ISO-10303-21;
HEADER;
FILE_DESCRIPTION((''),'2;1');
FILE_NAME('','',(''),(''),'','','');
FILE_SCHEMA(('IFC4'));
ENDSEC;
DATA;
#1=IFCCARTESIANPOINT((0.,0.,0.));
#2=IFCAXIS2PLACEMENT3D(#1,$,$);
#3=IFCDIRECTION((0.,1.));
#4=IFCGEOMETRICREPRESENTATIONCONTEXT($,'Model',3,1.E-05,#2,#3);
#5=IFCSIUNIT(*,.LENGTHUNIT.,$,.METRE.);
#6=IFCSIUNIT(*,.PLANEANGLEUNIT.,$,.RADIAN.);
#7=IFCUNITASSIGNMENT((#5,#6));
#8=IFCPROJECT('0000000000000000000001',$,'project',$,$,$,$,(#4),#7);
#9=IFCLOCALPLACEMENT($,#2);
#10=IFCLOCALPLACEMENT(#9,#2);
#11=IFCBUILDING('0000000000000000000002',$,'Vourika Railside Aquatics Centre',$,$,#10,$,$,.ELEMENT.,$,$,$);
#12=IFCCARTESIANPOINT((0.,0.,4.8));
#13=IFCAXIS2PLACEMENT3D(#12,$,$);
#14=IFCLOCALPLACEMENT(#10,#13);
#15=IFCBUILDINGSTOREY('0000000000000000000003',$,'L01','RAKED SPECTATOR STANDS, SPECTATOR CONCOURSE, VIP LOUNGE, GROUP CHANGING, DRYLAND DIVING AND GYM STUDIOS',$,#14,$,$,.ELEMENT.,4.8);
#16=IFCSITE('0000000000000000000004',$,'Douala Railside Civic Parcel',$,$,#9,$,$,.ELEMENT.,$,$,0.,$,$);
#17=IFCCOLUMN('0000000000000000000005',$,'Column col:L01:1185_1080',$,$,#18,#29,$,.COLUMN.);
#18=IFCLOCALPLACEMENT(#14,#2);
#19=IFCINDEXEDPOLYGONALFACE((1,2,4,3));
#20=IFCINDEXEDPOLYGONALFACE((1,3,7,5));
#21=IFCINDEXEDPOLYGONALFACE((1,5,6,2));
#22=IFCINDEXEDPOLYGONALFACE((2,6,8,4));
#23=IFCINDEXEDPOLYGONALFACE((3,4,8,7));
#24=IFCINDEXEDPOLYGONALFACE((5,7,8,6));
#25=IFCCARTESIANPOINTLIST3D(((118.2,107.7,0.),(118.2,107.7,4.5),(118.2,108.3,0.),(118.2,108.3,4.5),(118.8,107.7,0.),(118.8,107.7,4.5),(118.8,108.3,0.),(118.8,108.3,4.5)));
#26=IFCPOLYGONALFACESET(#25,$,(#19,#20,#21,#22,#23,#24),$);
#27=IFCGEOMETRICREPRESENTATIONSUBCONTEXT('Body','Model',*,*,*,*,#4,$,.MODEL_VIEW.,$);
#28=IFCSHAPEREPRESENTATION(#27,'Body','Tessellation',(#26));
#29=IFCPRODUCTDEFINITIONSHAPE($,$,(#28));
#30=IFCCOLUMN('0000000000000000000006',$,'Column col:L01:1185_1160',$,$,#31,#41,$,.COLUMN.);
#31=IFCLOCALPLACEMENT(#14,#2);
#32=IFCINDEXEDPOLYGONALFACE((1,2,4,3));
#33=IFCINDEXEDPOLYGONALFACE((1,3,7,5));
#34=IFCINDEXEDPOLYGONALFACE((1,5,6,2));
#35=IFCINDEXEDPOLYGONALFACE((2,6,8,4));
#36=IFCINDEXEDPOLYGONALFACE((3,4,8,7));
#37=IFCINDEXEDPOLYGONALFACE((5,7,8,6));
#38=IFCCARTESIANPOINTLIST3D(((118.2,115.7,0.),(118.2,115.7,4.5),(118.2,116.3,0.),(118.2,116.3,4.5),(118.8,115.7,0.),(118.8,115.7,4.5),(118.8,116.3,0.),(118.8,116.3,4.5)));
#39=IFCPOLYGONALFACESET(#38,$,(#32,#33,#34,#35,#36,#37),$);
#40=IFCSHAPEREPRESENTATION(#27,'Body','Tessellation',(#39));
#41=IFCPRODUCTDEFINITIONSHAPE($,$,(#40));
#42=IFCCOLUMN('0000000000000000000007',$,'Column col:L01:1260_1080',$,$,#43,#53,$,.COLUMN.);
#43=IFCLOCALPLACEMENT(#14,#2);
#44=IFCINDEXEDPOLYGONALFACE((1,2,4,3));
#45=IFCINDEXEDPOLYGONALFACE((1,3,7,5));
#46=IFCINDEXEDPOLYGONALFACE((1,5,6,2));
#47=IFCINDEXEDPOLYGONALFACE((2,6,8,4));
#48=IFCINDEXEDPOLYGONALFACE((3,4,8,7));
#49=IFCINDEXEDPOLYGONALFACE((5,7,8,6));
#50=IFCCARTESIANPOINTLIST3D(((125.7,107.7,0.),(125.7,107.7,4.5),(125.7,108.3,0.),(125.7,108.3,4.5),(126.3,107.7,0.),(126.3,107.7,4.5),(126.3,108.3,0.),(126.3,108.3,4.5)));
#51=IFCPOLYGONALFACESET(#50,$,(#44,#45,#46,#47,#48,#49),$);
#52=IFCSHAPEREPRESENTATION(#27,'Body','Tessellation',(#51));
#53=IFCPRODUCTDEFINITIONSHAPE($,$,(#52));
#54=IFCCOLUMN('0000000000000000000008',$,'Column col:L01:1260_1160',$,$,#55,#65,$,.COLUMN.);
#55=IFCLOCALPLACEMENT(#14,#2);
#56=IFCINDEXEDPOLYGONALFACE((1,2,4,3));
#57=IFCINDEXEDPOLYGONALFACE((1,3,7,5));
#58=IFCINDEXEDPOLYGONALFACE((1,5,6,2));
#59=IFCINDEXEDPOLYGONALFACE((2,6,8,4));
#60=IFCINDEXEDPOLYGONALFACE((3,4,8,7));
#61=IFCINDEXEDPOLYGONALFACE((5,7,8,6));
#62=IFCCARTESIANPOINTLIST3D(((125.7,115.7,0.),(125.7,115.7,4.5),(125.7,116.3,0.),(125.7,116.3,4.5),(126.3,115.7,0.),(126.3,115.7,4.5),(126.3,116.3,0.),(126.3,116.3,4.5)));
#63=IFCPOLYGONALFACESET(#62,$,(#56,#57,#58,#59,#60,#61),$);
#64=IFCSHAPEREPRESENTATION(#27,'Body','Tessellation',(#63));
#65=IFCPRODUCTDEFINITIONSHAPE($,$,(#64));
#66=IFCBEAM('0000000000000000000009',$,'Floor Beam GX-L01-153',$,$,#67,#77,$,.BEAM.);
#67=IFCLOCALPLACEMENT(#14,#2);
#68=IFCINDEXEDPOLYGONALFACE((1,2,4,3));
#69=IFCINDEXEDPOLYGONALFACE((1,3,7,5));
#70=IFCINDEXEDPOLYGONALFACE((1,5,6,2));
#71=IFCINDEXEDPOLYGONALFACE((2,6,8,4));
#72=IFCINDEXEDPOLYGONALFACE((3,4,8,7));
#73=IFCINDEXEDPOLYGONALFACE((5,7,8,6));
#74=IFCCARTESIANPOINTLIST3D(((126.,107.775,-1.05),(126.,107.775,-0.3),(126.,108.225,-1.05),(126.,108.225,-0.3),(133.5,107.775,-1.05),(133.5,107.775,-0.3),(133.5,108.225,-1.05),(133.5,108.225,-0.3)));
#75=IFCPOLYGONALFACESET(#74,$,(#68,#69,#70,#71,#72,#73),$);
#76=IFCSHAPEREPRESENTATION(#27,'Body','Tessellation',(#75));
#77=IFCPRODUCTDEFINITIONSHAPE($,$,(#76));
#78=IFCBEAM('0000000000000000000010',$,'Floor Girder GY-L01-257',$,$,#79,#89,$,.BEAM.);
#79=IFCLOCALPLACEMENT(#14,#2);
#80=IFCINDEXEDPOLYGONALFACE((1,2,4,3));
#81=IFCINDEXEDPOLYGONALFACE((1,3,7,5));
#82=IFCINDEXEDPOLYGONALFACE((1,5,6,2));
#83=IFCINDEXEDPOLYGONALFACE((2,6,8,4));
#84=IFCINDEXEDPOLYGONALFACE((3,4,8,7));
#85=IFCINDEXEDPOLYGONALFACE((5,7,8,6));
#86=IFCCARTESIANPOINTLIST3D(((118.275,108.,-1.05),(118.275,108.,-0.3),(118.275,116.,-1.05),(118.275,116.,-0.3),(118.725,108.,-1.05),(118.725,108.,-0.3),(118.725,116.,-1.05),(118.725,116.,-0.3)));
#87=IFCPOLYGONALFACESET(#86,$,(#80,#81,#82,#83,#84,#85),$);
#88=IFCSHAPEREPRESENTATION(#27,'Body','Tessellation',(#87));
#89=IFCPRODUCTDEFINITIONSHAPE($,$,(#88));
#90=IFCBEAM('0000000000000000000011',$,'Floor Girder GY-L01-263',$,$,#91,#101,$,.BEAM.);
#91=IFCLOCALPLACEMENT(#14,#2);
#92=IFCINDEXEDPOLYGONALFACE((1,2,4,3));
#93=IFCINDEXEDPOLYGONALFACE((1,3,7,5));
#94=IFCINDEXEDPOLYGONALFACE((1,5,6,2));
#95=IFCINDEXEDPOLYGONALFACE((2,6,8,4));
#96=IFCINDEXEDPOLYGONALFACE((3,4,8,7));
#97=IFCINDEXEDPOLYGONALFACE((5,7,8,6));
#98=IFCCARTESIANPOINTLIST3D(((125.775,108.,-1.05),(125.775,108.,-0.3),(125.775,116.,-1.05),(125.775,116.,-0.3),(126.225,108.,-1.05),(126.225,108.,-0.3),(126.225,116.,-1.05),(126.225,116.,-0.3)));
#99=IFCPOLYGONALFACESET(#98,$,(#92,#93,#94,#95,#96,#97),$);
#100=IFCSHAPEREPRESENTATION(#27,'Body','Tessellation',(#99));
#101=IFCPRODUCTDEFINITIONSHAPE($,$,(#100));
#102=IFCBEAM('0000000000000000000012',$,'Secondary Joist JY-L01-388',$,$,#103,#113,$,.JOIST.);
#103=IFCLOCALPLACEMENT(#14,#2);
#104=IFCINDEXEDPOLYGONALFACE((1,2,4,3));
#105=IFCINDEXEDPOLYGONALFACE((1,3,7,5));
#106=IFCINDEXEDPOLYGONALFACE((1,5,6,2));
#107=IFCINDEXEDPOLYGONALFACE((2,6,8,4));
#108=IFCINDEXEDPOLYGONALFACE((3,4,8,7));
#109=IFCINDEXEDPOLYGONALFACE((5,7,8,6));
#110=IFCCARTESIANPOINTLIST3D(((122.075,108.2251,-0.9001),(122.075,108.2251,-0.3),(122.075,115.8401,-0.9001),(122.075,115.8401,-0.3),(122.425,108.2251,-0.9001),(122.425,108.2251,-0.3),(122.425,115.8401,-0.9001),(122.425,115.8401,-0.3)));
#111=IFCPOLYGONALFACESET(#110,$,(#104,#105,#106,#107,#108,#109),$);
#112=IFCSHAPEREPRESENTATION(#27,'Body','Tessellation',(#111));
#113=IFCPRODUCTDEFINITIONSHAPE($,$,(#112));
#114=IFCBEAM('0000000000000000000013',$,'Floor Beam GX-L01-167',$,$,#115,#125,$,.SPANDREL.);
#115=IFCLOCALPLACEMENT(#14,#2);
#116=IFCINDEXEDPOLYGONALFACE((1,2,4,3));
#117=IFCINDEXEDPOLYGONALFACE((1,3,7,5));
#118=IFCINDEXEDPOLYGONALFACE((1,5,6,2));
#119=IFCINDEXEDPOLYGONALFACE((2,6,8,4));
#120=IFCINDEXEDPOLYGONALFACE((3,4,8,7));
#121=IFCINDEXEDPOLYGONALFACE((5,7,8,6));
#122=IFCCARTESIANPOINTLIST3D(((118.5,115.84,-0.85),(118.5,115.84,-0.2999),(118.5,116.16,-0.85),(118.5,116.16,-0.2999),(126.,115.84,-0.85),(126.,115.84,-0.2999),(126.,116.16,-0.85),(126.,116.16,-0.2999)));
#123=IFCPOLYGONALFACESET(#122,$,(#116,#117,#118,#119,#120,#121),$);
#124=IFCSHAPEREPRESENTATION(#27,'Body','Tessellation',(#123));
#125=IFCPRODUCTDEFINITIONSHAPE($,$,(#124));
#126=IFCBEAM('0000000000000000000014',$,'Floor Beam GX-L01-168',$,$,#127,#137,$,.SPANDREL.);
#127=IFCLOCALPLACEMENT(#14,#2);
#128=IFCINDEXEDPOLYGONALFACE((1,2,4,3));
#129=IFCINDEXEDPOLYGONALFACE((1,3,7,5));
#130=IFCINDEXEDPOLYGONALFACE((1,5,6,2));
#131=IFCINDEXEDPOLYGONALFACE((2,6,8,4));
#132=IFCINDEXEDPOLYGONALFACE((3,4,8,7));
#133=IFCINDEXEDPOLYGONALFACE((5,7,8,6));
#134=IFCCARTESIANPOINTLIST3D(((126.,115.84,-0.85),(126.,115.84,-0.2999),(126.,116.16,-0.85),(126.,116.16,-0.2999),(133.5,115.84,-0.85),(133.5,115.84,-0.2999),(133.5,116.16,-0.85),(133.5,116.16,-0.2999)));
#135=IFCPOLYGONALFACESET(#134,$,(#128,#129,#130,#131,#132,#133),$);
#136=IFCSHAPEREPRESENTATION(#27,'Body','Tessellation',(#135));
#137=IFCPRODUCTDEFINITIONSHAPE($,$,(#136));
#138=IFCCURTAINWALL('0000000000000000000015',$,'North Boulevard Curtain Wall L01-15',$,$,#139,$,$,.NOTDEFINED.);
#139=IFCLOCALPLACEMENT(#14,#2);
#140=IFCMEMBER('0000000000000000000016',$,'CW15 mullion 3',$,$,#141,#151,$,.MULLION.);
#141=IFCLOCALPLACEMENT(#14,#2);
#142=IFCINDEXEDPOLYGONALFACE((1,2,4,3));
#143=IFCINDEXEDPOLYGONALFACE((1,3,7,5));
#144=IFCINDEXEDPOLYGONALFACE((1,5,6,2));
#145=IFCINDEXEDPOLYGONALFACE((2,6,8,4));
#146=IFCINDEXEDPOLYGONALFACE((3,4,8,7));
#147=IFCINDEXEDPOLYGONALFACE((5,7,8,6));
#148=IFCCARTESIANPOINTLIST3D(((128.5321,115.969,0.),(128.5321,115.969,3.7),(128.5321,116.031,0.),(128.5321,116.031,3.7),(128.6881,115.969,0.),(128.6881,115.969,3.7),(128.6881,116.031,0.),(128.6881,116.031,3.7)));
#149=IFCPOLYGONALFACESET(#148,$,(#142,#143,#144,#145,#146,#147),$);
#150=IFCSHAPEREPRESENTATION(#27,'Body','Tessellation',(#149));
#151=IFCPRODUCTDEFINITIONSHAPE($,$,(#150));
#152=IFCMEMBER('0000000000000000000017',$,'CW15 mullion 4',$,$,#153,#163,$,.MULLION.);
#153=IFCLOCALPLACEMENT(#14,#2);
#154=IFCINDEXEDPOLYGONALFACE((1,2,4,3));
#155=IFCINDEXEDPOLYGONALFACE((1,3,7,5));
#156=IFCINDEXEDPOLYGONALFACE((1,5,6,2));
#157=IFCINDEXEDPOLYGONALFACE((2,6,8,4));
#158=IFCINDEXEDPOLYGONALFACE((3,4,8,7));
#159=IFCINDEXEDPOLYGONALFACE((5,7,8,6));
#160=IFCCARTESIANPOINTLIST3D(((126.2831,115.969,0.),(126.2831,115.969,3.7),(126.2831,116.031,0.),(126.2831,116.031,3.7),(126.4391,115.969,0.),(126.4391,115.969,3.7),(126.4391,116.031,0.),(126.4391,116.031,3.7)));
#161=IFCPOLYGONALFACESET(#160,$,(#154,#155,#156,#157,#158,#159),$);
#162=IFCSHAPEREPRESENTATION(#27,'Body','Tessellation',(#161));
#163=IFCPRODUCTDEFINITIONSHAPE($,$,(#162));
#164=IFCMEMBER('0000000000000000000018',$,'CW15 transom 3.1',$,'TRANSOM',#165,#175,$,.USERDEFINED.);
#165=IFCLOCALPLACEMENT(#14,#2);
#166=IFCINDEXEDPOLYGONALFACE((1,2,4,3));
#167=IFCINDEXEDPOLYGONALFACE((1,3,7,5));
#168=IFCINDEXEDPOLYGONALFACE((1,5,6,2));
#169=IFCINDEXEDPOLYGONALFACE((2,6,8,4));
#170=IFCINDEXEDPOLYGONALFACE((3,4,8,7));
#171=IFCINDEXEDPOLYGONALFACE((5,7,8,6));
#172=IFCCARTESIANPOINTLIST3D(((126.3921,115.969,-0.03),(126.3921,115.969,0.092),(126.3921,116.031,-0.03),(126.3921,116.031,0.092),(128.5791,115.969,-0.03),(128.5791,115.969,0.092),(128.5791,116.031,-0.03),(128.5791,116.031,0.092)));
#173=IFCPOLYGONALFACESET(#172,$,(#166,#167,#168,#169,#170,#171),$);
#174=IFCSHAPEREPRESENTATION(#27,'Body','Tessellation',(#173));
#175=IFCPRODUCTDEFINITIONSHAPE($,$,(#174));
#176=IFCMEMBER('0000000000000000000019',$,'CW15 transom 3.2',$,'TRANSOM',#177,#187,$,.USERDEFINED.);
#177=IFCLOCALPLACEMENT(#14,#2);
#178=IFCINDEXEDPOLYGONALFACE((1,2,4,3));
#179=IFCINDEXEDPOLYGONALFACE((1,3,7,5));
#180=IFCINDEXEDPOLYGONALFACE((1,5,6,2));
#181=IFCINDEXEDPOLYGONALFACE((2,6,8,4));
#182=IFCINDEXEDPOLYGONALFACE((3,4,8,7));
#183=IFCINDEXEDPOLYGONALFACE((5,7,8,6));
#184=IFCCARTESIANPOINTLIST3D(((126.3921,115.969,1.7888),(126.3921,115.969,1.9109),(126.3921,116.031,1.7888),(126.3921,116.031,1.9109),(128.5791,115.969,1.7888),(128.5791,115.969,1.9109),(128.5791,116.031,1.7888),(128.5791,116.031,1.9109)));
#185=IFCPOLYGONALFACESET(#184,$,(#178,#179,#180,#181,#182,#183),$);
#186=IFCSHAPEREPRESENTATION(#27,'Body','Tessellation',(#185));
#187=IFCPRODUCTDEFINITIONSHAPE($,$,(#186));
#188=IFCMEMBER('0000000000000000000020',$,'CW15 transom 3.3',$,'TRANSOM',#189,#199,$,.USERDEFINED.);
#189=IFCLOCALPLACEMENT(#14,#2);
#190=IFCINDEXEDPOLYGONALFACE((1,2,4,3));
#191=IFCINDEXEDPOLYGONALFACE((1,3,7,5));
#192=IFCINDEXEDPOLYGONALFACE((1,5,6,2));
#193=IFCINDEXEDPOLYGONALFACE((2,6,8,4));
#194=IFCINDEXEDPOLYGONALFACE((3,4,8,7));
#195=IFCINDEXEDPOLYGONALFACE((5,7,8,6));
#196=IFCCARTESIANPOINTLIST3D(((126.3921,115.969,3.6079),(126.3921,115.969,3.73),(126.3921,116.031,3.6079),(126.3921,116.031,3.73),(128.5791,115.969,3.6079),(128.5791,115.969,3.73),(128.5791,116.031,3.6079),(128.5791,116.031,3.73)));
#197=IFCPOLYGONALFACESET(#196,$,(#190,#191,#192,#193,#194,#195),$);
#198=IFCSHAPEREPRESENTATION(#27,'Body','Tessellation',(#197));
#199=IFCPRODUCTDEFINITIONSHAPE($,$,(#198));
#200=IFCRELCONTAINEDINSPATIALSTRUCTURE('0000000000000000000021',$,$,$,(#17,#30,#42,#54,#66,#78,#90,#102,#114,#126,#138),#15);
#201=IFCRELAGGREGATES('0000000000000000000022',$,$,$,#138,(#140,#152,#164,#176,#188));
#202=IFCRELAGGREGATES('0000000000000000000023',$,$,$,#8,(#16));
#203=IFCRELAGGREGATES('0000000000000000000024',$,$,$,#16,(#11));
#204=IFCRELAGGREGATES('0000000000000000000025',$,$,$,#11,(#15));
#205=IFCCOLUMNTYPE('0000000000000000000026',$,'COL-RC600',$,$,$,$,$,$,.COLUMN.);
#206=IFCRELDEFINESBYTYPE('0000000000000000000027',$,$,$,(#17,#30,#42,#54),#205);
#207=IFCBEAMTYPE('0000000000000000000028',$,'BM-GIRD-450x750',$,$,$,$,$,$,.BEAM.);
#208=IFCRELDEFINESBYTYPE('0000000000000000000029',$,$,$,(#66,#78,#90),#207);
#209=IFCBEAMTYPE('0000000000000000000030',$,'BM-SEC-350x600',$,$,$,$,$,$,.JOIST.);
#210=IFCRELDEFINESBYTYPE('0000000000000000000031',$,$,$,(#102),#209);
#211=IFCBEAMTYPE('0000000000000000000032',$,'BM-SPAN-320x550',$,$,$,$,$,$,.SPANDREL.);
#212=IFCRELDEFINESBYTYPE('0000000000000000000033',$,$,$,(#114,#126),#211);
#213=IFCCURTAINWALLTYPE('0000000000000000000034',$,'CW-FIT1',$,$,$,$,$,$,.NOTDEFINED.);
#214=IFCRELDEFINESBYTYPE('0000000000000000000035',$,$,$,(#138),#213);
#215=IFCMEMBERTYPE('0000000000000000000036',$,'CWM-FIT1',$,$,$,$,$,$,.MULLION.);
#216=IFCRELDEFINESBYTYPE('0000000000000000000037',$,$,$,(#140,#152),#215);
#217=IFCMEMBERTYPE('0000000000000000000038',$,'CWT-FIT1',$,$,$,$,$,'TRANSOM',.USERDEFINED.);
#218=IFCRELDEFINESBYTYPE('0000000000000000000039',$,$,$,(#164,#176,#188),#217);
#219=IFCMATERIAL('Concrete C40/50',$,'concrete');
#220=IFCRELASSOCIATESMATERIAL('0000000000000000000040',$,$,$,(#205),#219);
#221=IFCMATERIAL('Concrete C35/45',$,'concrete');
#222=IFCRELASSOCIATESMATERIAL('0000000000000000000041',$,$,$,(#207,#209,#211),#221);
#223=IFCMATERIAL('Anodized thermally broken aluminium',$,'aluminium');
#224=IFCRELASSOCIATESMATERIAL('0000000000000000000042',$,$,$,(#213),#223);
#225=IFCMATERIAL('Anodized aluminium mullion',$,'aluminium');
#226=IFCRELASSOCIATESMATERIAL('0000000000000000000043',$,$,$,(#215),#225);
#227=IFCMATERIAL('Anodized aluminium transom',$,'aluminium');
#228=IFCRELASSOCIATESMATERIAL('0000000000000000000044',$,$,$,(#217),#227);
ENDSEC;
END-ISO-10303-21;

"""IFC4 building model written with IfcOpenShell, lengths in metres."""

from ifc_helpers import new_model, si_unit, direction, frame, origin, origin_2d, place, context, subcontext, project, spatial, rectangle, extrude, material, material_profile, profile_set, type_object, element, aggregate, save


model = new_model("IFC4")

# Units and contexts
model_context = context("Model", 3, precision=1e-05, world=origin(), true_north=direction((0.0, 1.0)))
body_context = subcontext(model_context, "Body", "Model", "MODEL_VIEW")
ifc_project = project(units=[si_unit("LENGTHUNIT", "METRE"), si_unit("PLANEANGLEUNIT", "RADIAN")], contexts=[model_context])

# Site, building, storey
site_placement = place(None, origin())
site = spatial("IfcSite", under=ifc_project, at=site_placement, Name="Douala Railside Civic Parcel", CompositionType="ELEMENT", RefElevation=0.0)
building_placement = place(site_placement, origin())
building = spatial("IfcBuilding", under=site, at=building_placement, Name="Vourika Railside Aquatics Centre", CompositionType="ELEMENT")
storey_placement = place(building_placement, frame((0.0, 0.0, 4.8)))
storey = spatial("IfcBuildingStorey", under=building, at=storey_placement, Name="L01", Description="RAKED SPECTATOR STANDS, SPECTATOR CONCOURSE, VIP LOUNGE, GROUP CHANGING, DRYLAND DIVING AND GYM STUDIOS", CompositionType="ELEMENT", Elevation=4.8)

# Columns
ifc_material_1 = material(Name="Concrete C40/50", Category="concrete")
ifc_material_profile_1 = material_profile(ifc_material_1, rectangle(XDim=0.6001, YDim=0.6001, at=origin_2d()), Name="RC 600x600")
ifc_profile_set_1 = profile_set([ifc_material_profile_1], Name="Concrete C40/50")
column_type = type_object("IfcColumnType", Name="COL-RC600", PredefinedType="COLUMN", material=ifc_profile_set_1)
for number, where, z_axis, x_axis, name in (
    (1, (118.5, 108.0, 0.0), (0.0, 0.0, 1.0), (1.0, 0.0, 0.0), "Column col:L01:1185_1080"),
    (2, (118.5, 116.0, 0.0), (0.0, 0.0, 1.0), (1.0, 0.0, 0.0), "Column col:L01:1185_1160"),
    (3, (126.0, 108.0, 0.0), (0.0, 0.0, 1.0), (1.0, 0.0, 0.0), "Column col:L01:1260_1080"),
    (4, (126.0, 116.0, 0.0), (0.0, 0.0, 1.0), (1.0, 0.0, 0.0), "Column col:L01:1260_1160"),
):
    element("IfcColumn", number, at=place(storey_placement, frame(where, z_axis=z_axis, x_axis=x_axis)), inside=storey, type_object=column_type, Name=name, PredefinedType="COLUMN", context=body_context, shape_type="SweptSolid", body=[
        extrude(rectangle(XDim=0.6001, YDim=0.6001, at=origin_2d()), origin(), (0.0, 0.0, 1.0), 4.5),
    ])

# Beams
ifc_material_2 = material(Name="Concrete C35/45", Category="concrete")
ifc_material_profile_2 = material_profile(ifc_material_2, rectangle(XDim=0.45, YDim=0.75, at=origin_2d()), Name="RC 450x750")
ifc_profile_set_2 = profile_set([ifc_material_profile_2], Name="Concrete C35/45")
beam_type_1 = type_object("IfcBeamType", Name="BM-GIRD-450x750", PredefinedType="BEAM", material=ifc_profile_set_2)
beam_1_placement = place(storey_placement, frame((126.0, 108.0, -0.675), z_axis=(1.0, 0.0, 0.0), x_axis=(0.0, 1.0, 0.0)))
element("IfcBeam", 5, at=beam_1_placement, inside=storey, type_object=beam_type_1, Name="Floor Beam GX-L01-153", PredefinedType="BEAM", context=body_context, shape_type="SweptSolid", body=[
    extrude(rectangle(XDim=0.45, YDim=0.75, at=origin_2d()), origin(), (0.0, 0.0, 1.0), 7.5),
])
for number, where, z_axis, x_axis, name in (
    (6, (118.5, 108.0, -0.675), (0.0, 1.0, 0.0), (-1.0, 0.0, 0.0), "Floor Girder GY-L01-257"),
    (7, (126.0, 108.0, -0.675), (0.0, 1.0, 0.0), (-1.0, 0.0, 0.0), "Floor Girder GY-L01-263"),
):
    element("IfcBeam", number, at=place(storey_placement, frame(where, z_axis=z_axis, x_axis=x_axis)), inside=storey, type_object=beam_type_1, Name=name, PredefinedType="BEAM", context=body_context, shape_type="SweptSolid", body=[
        extrude(rectangle(XDim=0.45, YDim=0.75, at=origin_2d()), origin(), (0.0, 0.0, 1.0), 8.0),
    ])
ifc_material_profile_3 = material_profile(ifc_material_2, rectangle(XDim=0.3501, YDim=0.6001, at=origin_2d()), Name="RC 350x600")
ifc_profile_set_3 = profile_set([ifc_material_profile_3], Name="Concrete C35/45")
beam_type_2 = type_object("IfcBeamType", Name="BM-SEC-350x600", PredefinedType="JOIST", material=ifc_profile_set_3)
beam_2_placement = place(storey_placement, frame((122.25, 108.2251, -0.6001), z_axis=(0.0, 1.0, 0.0), x_axis=(-1.0, 0.0, 0.0)))
element("IfcBeam", 8, at=beam_2_placement, inside=storey, type_object=beam_type_2, Name="Secondary Joist JY-L01-388", PredefinedType="JOIST", context=body_context, shape_type="SweptSolid", body=[
    extrude(rectangle(XDim=0.3501, YDim=0.6001, at=origin_2d()), origin(), (0.0, 0.0, 1.0), 7.615),
])
ifc_material_profile_4 = material_profile(ifc_material_2, rectangle(XDim=0.3201, YDim=0.55, at=origin_2d()), Name="RC 320x550")
ifc_profile_set_4 = profile_set([ifc_material_profile_4], Name="Concrete C35/45")
beam_type_3 = type_object("IfcBeamType", Name="BM-SPAN-320x550", PredefinedType="SPANDREL", material=ifc_profile_set_4)
for number, where, z_axis, x_axis, name in (
    (9, (118.5, 116.0, -0.575), (1.0, 0.0, 0.0), (0.0, 1.0, 0.0), "Floor Beam GX-L01-167"),
    (10, (126.0, 116.0, -0.575), (1.0, 0.0, 0.0), (0.0, 1.0, 0.0), "Floor Beam GX-L01-168"),
):
    element("IfcBeam", number, at=place(storey_placement, frame(where, z_axis=z_axis, x_axis=x_axis)), inside=storey, type_object=beam_type_3, Name=name, PredefinedType="SPANDREL", context=body_context, shape_type="SweptSolid", body=[
        extrude(rectangle(XDim=0.3201, YDim=0.55, at=origin_2d()), origin(), (0.0, 0.0, 1.0), 7.5),
    ])

# Curtain wall, members
ifc_material_3 = material(Name="Anodized thermally broken aluminium", Category="aluminium")
curtain_wall_type = type_object("IfcCurtainWallType", Name="CW-FIT1", PredefinedType="NOTDEFINED", material=ifc_material_3)
curtain_wall_placement = place(storey_placement, origin())
curtain_wall = element("IfcCurtainWall", 11, at=curtain_wall_placement, inside=storey, type_object=curtain_wall_type, Name="North Boulevard Curtain Wall L01-15", PredefinedType="NOTDEFINED")
ifc_material_4 = material(Name="Anodized aluminium mullion", Category="aluminium")
ifc_material_profile_5 = material_profile(ifc_material_4, rectangle(XDim=0.062, YDim=0.156, at=origin_2d()), Name="ALU-M 62x156")
ifc_profile_set_5 = profile_set([ifc_material_profile_5], Name="Anodized aluminium mullion")
member_type_1 = type_object("IfcMemberType", Name="CWM-FIT1", PredefinedType="MULLION", material=ifc_profile_set_5)
member_1_placement = place(storey_placement, frame((128.6101, 116.0, 0.0), z_axis=(0.0, 0.0, 1.0), x_axis=(0.0, -1.0, 0.0)))
member_1 = element("IfcMember", 12, at=member_1_placement, type_object=member_type_1, Name="CW15 mullion 3", PredefinedType="MULLION", context=body_context, shape_type="SweptSolid", body=[
    extrude(rectangle(XDim=0.062, YDim=0.156, at=origin_2d()), origin(), (0.0, 0.0, 1.0), 3.7),
])
member_2_placement = place(storey_placement, frame((126.3611, 116.0, 0.0), z_axis=(0.0, 0.0, 1.0), x_axis=(0.0, -1.0, 0.0)))
member_2 = element("IfcMember", 13, at=member_2_placement, type_object=member_type_1, Name="CW15 mullion 4", PredefinedType="MULLION", context=body_context, shape_type="SweptSolid", body=[
    extrude(rectangle(XDim=0.062, YDim=0.156, at=origin_2d()), origin(), (0.0, 0.0, 1.0), 3.7),
])
ifc_material_5 = material(Name="Anodized aluminium transom", Category="aluminium")
ifc_material_profile_6 = material_profile(ifc_material_5, rectangle(XDim=0.062, YDim=0.1221, at=origin_2d()), Name="ALU-T 62x122")
ifc_profile_set_6 = profile_set([ifc_material_profile_6], Name="Anodized aluminium transom")
member_type_2 = type_object("IfcMemberType", Name="CWT-FIT1", ElementType="TRANSOM", PredefinedType="USERDEFINED", material=ifc_profile_set_6)
member_3_placement = place(storey_placement, frame((128.5791, 116.0, 0.031), z_axis=(-1.0, 0.0, 0.0), x_axis=(0.0, -1.0, 0.0)))
member_3 = element("IfcMember", 14, at=member_3_placement, type_object=member_type_2, Name="CW15 transom 3.1", ObjectType="TRANSOM", PredefinedType="USERDEFINED", context=body_context, shape_type="SweptSolid", body=[
    extrude(rectangle(XDim=0.062, YDim=0.1221, at=origin_2d()), origin(), (0.0, 0.0, 1.0), 2.187),
])
member_4_placement = place(storey_placement, frame((128.5791, 116.0, 1.8499), z_axis=(-1.0, 0.0, 0.0), x_axis=(0.0, -1.0, 0.0)))
member_4 = element("IfcMember", 15, at=member_4_placement, type_object=member_type_2, Name="CW15 transom 3.2", ObjectType="TRANSOM", PredefinedType="USERDEFINED", context=body_context, shape_type="SweptSolid", body=[
    extrude(rectangle(XDim=0.062, YDim=0.1221, at=origin_2d()), origin(), (0.0, 0.0, 1.0), 2.187),
])
member_5_placement = place(storey_placement, frame((128.5791, 116.0, 3.6689), z_axis=(-1.0, 0.0, 0.0), x_axis=(0.0, -1.0, 0.0)))
member_5 = element("IfcMember", 16, at=member_5_placement, type_object=member_type_2, Name="CW15 transom 3.3", ObjectType="TRANSOM", PredefinedType="USERDEFINED", context=body_context, shape_type="SweptSolid", body=[
    extrude(rectangle(XDim=0.062, YDim=0.1221, at=origin_2d()), origin(), (0.0, 0.0, 1.0), 2.187),
])
aggregate(curtain_wall, [member_1, member_2, member_3, member_4, member_5])

save(model, "model.ifc")
